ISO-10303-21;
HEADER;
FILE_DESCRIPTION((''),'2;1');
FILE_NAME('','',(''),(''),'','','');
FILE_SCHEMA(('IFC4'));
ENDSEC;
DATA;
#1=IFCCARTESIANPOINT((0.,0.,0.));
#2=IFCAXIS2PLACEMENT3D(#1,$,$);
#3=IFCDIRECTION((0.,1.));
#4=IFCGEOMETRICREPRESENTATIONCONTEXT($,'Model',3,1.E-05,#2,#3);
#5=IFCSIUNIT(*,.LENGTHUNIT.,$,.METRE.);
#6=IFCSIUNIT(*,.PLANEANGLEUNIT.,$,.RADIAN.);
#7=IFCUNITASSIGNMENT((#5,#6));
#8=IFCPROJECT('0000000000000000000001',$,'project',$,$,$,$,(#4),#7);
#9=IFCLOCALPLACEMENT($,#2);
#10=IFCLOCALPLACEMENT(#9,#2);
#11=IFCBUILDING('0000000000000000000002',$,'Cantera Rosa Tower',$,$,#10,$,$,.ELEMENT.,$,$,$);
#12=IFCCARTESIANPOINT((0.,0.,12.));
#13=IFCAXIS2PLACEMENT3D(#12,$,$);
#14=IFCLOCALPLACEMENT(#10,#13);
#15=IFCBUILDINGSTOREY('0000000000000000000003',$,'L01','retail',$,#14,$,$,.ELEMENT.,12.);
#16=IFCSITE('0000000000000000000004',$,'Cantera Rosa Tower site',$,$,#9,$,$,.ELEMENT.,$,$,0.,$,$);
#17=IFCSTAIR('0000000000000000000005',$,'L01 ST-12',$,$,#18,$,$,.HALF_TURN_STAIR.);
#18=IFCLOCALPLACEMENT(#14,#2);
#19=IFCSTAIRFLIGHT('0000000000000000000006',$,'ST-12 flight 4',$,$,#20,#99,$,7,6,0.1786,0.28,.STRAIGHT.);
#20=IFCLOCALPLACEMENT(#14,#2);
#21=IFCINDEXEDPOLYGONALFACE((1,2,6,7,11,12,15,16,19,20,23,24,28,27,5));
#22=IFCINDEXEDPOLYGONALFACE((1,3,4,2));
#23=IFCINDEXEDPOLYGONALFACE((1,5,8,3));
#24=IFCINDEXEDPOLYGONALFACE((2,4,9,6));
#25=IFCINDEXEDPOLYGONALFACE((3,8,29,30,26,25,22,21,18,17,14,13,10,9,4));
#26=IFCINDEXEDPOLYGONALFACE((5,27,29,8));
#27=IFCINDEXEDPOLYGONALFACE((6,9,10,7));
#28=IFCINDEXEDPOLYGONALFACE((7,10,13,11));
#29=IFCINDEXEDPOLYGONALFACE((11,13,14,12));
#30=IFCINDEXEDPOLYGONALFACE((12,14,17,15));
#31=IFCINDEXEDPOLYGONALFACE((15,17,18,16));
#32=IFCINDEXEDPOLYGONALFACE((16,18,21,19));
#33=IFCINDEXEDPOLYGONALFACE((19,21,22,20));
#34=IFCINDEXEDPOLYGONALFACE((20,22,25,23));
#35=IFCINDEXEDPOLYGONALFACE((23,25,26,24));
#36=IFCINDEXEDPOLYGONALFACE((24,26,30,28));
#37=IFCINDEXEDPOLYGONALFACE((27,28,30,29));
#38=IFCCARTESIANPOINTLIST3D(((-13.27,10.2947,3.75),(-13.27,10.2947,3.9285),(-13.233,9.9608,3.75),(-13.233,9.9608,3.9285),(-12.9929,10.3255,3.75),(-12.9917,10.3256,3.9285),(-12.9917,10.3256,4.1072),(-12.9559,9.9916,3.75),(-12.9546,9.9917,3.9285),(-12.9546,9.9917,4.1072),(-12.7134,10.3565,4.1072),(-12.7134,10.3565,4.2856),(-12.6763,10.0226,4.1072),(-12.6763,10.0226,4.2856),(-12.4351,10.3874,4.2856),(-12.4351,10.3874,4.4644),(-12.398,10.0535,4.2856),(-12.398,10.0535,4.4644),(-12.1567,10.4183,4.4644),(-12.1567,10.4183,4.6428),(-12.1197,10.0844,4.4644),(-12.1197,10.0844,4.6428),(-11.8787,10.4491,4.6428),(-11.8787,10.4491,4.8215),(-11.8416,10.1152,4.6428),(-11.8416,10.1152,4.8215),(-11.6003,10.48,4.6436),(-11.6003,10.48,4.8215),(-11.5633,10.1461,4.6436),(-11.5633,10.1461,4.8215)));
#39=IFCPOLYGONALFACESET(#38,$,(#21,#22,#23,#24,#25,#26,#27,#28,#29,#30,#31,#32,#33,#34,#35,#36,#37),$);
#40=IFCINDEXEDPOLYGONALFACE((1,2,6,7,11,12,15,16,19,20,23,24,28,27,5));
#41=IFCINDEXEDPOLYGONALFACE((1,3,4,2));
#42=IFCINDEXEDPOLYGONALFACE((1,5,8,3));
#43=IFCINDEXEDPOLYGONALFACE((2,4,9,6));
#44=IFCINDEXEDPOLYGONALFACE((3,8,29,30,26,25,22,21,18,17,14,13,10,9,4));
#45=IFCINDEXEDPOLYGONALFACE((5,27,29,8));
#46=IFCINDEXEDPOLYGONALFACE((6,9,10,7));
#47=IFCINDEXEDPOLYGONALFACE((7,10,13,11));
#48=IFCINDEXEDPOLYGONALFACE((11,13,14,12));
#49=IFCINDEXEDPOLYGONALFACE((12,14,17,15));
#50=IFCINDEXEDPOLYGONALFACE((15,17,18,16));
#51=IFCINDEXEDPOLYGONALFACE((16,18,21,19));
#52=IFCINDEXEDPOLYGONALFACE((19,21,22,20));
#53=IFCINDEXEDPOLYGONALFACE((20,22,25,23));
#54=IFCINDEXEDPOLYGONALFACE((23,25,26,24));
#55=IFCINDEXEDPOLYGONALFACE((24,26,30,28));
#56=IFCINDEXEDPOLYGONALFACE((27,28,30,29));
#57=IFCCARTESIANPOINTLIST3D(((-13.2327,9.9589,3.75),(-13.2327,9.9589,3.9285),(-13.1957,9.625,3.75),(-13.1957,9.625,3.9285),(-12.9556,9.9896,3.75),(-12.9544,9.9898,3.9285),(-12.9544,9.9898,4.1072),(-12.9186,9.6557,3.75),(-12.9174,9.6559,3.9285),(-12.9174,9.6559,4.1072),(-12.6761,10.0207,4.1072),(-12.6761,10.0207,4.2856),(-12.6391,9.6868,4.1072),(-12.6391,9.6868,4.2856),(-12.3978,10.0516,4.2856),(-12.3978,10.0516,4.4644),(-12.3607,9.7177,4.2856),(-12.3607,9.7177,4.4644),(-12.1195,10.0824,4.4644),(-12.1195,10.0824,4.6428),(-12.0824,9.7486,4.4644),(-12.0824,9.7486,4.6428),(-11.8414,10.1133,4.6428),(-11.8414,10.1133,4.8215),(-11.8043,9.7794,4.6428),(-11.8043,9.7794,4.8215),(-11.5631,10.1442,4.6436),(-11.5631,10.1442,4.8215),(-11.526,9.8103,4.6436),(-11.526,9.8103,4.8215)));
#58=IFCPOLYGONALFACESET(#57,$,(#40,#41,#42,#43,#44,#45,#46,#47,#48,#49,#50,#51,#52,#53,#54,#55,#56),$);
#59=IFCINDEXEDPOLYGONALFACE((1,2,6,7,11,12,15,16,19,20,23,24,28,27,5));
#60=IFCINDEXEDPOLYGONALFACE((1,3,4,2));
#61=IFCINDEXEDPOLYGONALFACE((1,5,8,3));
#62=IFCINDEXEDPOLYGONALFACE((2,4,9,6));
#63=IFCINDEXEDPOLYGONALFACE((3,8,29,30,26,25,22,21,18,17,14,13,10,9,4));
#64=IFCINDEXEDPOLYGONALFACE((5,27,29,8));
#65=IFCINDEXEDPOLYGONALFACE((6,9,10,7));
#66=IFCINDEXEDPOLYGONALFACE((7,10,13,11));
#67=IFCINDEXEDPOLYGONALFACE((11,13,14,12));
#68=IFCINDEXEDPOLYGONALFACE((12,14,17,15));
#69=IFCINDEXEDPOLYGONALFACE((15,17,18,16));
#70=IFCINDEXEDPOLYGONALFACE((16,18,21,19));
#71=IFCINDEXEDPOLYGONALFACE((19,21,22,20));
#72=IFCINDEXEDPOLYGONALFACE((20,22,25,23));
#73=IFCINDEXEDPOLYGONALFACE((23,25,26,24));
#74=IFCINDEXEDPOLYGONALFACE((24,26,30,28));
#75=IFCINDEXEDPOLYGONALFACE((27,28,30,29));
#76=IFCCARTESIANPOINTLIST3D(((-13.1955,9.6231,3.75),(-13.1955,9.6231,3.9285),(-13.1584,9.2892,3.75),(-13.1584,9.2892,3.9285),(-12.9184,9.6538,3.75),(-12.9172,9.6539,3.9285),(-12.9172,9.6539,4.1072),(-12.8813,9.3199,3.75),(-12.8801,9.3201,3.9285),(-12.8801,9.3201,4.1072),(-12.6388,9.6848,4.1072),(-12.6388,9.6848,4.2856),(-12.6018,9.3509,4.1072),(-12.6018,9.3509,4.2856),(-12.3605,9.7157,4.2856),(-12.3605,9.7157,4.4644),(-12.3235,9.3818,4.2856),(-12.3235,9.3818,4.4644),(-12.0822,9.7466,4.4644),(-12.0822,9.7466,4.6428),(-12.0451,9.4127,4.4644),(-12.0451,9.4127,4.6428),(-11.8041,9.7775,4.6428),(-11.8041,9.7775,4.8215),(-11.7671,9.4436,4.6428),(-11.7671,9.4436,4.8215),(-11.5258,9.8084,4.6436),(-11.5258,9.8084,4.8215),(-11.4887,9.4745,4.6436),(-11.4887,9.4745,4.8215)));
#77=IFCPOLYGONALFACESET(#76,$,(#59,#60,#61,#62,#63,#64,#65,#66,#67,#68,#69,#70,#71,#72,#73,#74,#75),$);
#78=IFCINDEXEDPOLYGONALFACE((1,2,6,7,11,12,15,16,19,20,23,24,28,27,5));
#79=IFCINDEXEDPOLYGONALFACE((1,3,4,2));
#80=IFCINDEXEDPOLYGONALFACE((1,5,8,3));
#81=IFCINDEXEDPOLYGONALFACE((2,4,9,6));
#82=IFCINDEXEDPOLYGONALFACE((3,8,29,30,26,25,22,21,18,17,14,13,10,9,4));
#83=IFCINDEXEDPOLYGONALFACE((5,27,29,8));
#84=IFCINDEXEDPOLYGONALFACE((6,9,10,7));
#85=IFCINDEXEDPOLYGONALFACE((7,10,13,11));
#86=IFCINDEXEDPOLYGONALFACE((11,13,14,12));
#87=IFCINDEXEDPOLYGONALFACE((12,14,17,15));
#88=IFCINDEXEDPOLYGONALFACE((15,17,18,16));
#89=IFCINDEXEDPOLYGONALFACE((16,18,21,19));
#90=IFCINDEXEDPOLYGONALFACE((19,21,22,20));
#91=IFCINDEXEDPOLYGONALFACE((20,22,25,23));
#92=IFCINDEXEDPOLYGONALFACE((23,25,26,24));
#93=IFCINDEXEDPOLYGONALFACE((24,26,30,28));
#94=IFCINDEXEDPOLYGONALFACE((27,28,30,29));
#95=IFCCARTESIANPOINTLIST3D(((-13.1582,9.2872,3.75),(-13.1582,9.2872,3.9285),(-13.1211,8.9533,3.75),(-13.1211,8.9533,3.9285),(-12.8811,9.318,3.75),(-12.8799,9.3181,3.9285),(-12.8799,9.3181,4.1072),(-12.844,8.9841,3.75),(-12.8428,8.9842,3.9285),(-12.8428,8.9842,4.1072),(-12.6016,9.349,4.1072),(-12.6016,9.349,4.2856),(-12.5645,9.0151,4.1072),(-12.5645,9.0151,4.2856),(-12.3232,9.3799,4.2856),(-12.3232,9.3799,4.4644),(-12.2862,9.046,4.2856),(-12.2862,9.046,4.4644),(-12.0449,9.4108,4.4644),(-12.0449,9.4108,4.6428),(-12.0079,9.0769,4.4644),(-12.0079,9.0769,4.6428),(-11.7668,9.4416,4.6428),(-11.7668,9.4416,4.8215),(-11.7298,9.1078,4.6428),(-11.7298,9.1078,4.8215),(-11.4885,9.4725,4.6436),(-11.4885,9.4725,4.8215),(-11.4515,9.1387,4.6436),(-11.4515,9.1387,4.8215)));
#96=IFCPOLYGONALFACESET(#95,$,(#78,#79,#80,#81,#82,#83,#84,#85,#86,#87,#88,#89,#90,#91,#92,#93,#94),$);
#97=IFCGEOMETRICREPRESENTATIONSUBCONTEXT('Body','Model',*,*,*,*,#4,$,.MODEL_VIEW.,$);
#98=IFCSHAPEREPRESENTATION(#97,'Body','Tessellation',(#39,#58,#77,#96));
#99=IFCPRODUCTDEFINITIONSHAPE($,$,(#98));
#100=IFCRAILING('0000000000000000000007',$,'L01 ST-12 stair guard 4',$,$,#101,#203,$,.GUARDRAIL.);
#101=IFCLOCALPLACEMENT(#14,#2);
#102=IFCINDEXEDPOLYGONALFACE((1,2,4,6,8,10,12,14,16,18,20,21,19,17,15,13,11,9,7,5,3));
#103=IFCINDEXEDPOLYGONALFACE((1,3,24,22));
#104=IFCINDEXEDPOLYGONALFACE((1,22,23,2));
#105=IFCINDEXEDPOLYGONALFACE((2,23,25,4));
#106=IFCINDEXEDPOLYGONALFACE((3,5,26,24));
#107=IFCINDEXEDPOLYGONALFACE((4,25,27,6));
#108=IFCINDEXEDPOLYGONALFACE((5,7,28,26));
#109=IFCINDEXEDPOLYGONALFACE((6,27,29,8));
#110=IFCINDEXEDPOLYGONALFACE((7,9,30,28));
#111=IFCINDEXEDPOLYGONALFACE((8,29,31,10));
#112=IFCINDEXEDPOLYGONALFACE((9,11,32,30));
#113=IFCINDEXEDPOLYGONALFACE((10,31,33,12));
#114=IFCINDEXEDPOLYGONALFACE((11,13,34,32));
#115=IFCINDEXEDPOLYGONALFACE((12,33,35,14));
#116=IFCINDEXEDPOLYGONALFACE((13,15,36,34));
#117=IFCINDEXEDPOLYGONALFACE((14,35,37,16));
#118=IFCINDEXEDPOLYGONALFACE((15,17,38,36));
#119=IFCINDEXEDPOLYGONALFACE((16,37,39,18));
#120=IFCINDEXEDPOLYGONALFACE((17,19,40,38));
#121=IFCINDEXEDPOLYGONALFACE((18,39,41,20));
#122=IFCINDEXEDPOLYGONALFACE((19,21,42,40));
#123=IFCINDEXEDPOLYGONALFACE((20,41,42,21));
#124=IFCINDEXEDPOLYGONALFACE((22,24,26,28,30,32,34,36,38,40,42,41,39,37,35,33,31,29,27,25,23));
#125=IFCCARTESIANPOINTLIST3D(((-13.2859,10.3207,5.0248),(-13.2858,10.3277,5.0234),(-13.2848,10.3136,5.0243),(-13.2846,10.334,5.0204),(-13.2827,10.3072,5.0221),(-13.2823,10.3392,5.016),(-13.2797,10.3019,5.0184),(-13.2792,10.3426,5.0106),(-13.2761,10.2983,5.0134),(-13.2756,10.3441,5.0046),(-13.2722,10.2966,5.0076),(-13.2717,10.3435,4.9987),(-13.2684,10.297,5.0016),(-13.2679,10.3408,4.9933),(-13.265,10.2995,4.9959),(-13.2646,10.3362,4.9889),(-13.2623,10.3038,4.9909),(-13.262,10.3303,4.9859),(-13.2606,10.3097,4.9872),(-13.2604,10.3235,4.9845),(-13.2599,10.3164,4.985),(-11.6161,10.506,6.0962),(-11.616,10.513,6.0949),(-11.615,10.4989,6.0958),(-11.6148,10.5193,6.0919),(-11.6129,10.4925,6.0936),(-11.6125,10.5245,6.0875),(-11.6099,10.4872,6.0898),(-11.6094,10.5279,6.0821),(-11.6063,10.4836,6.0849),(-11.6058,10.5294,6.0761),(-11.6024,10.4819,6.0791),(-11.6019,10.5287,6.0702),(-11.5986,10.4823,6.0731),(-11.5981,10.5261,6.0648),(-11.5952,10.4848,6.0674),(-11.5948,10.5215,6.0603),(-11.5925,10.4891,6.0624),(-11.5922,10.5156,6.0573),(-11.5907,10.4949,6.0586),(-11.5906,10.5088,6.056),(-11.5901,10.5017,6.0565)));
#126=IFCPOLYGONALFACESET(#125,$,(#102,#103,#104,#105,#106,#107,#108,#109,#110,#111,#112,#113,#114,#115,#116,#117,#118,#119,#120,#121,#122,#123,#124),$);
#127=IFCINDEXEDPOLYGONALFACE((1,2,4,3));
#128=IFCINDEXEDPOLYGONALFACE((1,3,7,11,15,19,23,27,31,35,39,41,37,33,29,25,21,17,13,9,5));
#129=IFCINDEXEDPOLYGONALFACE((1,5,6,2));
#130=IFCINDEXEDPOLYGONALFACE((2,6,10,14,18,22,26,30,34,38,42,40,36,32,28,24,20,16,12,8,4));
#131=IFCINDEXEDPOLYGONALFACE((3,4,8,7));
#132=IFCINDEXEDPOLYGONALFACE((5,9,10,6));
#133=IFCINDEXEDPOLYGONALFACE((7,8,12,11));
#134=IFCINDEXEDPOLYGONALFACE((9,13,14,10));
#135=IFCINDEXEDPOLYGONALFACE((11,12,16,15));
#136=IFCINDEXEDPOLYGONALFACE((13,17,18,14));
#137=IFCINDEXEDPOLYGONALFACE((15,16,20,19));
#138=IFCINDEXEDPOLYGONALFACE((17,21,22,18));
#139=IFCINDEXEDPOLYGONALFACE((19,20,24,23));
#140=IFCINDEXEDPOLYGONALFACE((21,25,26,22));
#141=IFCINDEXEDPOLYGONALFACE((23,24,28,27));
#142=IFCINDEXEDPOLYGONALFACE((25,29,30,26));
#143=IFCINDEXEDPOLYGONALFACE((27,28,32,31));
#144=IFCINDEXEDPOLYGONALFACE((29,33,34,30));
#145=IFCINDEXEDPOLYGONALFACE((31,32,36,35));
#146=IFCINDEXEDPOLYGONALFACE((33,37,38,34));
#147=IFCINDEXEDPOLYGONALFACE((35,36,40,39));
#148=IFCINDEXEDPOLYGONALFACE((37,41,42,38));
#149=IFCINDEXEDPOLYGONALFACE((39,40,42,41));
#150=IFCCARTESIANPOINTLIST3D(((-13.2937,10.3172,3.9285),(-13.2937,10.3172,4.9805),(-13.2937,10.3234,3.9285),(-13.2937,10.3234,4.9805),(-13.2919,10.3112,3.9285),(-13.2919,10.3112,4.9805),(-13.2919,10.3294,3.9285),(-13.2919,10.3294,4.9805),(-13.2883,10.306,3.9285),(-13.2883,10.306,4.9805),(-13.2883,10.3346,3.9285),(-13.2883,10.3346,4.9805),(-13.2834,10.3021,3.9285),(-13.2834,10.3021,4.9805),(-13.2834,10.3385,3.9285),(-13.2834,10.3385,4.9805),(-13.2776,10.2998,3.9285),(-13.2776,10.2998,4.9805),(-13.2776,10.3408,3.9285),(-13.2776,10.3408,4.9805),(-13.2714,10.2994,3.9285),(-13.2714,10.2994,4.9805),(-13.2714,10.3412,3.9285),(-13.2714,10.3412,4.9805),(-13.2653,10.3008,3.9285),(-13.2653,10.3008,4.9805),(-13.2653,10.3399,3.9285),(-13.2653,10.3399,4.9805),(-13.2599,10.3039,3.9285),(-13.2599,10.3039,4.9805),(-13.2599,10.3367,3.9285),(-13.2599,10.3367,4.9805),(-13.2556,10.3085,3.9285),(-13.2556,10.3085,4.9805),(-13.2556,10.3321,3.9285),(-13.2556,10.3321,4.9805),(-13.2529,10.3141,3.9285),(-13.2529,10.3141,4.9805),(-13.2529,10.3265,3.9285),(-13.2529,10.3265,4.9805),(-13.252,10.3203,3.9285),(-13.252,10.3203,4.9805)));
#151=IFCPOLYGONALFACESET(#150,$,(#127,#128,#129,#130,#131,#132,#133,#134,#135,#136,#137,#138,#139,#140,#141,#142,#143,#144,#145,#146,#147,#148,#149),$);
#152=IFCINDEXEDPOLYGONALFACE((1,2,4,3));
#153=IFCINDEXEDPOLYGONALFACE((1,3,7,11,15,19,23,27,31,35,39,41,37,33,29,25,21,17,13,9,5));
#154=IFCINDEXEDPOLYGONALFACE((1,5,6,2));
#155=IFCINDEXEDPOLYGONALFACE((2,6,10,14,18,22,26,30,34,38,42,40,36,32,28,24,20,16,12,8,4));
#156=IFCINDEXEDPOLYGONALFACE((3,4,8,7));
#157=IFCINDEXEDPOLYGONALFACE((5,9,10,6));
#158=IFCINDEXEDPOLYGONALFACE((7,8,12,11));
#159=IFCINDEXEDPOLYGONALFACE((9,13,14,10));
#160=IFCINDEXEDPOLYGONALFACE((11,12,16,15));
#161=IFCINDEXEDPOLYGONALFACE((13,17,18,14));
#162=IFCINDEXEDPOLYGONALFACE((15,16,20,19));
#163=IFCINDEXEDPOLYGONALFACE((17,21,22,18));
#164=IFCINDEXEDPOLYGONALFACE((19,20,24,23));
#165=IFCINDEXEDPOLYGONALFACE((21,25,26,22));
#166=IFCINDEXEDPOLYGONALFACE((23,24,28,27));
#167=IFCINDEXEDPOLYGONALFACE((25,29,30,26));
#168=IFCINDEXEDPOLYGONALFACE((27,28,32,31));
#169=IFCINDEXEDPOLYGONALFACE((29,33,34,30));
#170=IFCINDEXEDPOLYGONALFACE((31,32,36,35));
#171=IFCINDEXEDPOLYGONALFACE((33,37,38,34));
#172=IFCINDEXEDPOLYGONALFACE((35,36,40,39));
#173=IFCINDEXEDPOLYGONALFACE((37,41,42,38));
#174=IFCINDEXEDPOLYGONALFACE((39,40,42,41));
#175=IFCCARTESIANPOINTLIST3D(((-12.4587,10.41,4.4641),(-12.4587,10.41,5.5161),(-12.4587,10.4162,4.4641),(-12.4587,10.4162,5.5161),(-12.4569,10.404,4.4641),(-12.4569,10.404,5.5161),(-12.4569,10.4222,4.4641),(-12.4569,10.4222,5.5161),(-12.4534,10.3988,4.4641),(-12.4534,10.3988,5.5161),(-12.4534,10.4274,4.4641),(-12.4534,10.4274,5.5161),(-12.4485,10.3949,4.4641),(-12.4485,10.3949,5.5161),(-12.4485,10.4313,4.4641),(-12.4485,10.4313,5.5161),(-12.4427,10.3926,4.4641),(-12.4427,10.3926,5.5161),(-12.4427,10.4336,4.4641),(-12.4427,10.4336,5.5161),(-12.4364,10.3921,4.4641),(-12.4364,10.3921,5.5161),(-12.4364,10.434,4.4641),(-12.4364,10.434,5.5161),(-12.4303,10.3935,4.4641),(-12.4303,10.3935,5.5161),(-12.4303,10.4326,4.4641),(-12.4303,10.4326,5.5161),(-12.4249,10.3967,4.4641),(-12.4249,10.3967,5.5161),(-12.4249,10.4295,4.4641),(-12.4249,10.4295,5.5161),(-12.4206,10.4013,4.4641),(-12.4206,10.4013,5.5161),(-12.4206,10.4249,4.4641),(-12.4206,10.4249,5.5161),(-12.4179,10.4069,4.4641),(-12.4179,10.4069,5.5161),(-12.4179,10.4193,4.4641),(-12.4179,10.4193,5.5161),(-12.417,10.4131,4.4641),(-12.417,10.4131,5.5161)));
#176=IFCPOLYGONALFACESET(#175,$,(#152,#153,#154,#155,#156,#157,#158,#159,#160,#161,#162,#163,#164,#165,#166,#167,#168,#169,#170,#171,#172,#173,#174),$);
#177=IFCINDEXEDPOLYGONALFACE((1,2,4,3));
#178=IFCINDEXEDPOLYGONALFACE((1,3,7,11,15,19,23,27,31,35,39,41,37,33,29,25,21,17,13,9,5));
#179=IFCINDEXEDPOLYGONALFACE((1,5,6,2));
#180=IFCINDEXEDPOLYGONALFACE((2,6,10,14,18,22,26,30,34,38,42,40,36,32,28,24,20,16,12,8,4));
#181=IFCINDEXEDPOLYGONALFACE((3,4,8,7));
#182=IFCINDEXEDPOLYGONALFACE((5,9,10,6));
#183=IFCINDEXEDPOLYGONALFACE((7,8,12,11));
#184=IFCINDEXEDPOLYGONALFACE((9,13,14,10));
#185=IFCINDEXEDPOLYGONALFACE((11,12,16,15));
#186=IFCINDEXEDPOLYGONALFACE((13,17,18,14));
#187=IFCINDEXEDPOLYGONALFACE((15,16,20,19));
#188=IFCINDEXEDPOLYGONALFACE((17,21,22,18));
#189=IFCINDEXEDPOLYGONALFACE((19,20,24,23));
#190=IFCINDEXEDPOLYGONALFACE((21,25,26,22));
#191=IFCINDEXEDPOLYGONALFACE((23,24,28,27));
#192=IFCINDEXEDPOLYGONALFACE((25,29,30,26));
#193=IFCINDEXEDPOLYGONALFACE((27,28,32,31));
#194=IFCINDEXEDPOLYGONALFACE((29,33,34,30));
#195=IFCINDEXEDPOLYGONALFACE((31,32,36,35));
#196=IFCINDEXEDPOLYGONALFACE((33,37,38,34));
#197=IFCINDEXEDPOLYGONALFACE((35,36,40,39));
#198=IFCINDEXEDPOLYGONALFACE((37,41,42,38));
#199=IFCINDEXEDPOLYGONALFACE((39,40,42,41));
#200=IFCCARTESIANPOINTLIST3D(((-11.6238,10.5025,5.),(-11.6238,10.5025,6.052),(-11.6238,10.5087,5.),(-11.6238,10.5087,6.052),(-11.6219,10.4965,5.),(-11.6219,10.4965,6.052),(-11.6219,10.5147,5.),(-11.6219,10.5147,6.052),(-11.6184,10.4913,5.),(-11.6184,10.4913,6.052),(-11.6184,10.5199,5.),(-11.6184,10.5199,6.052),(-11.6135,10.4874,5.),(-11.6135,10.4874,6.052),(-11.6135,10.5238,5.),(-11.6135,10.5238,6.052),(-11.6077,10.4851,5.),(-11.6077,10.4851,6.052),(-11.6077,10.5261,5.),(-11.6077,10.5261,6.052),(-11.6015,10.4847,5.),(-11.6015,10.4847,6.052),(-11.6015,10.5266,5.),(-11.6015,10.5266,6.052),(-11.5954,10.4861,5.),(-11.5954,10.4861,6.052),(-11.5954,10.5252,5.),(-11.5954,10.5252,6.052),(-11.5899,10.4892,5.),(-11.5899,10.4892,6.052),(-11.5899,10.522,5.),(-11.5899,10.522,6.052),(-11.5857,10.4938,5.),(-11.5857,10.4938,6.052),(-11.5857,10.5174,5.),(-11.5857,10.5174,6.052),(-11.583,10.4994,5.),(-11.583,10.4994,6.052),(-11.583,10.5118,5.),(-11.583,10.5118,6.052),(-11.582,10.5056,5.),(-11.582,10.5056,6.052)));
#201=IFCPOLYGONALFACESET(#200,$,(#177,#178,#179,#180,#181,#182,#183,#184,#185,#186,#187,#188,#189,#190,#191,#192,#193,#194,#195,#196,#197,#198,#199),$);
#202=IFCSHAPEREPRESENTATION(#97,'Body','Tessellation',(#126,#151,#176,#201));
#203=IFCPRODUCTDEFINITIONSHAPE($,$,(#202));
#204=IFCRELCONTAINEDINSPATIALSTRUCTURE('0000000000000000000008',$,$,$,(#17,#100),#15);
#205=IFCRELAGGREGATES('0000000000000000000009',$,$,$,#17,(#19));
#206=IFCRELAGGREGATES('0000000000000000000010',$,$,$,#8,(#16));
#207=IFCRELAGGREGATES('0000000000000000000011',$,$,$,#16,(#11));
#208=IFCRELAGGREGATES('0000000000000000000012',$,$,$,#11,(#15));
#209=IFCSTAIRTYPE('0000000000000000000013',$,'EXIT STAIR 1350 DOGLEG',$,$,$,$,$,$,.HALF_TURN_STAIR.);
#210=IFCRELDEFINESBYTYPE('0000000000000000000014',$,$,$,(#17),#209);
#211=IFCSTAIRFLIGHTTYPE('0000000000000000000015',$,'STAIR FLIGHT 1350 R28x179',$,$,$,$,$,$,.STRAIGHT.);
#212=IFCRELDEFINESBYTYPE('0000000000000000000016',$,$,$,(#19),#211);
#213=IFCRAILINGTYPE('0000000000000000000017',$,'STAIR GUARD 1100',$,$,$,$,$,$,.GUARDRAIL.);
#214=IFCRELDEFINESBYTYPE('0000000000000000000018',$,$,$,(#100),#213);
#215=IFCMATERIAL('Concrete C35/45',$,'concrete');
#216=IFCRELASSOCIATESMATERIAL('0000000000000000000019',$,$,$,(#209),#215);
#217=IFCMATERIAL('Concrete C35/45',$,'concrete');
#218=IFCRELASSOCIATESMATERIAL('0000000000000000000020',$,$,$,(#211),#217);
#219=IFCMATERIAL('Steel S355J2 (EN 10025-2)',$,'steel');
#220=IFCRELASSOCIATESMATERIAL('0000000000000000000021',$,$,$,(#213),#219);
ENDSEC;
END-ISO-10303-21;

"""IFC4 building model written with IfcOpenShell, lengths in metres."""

from ifc_helpers import new_model, si_unit, direction, frame, origin, origin_2d, place, context, subcontext, project, spatial, polyline, circle, outline, extrude, material, type_object, element, aggregate, save


model = new_model("IFC4")

# Units and contexts
model_context = context("Model", 3, precision=1e-05, world=origin(), true_north=direction((0.0, 1.0)))
body_context = subcontext(model_context, "Body", "Model", "MODEL_VIEW")
ifc_project = project(units=[si_unit("LENGTHUNIT", "METRE"), si_unit("PLANEANGLEUNIT", "RADIAN")], contexts=[model_context])

# Site, building, storey
site_placement = place(None, origin())
site = spatial("IfcSite", under=ifc_project, at=site_placement, Name="Cantera Rosa Tower site", CompositionType="ELEMENT", RefElevation=0.0)
building_placement = place(site_placement, origin())
building = spatial("IfcBuilding", under=site, at=building_placement, Name="Cantera Rosa Tower", CompositionType="ELEMENT")
storey_placement = place(building_placement, frame((0.0, 0.0, 12.0)))
storey = spatial("IfcBuildingStorey", under=building, at=storey_placement, Name="L01", Description="retail", CompositionType="ELEMENT", Elevation=12.0)

# Stair, stair flight
ifc_material_1 = material(Name="Concrete C35/45", Category="concrete")
stair_type = type_object("IfcStairType", Name="EXIT STAIR 1350 DOGLEG", PredefinedType="HALF_TURN_STAIR", material=ifc_material_1)
stair_placement = place(storey_placement, origin())
stair = element("IfcStair", 1, at=stair_placement, inside=storey, type_object=stair_type, Name="L01 ST-12", PredefinedType="HALF_TURN_STAIR")
ifc_material_2 = material(Name="Concrete C35/45", Category="concrete")
stair_flight_type = type_object("IfcStairFlightType", Name="STAIR FLIGHT 1350 R28x179", PredefinedType="STRAIGHT", material=ifc_material_2)
stair_flight_1_placement = place(storey_placement, frame((-13.1956, 9.6238, 3.75), z_axis=(0.0, 0.0, 1.0), x_axis=(0.993897, 0.110313, 0.0)))
stair_flight_1 = element("IfcStairFlight", 2, at=stair_flight_1_placement, type_object=stair_flight_type, Name="ST-12 flight 4", NumberOfRisers=7, NumberOfTreads=6, PredefinedType="STRAIGHT", RiserHeight=0.1786, TreadLength=0.28, context=body_context, shape_type="SweptSolid", body=[
    extrude(outline(polyline([(0.0, 0.0), (0.0, 0.1785), (0.28, 0.1785), (0.28, 0.3572), (0.5601, 0.3572), (0.5601, 0.5356), (0.8401, 0.5356), (0.8401, 0.7144), (1.1201, 0.7144), (1.1201, 0.8928), (1.3999, 0.8928), (1.3999, 1.0715), (1.6799, 1.0715), (1.6799, 1.25), (1.6799, 0.8936), (0.2788, 0.0), (0.0, 0.0)])), frame((0.0, 0.675, 0.0), z_axis=(0.0, -1.0, 0.0), x_axis=(1.0, 0.0, 0.0)), (0.0, 0.0, 1.0), 0.3359),
    extrude(outline(polyline([(0.0, 0.0), (0.0, 0.1785), (0.28, 0.1785), (0.28, 0.3572), (0.5601, 0.3572), (0.5601, 0.5356), (0.8401, 0.5356), (0.8401, 0.7144), (1.1201, 0.7144), (1.1201, 0.8928), (1.3999, 0.8928), (1.3999, 1.0715), (1.6799, 1.0715), (1.6799, 1.25), (1.6799, 0.8936), (0.2788, 0.0), (0.0, 0.0)])), frame((0.0, 0.3372, 0.0), z_axis=(0.0, -1.0, 0.0), x_axis=(1.0, 0.0, 0.0)), (0.0, 0.0, 1.0), 0.3359),
    extrude(outline(polyline([(0.0, 0.0), (0.0, 0.1785), (0.28, 0.1785), (0.28, 0.3572), (0.5601, 0.3572), (0.5601, 0.5356), (0.8401, 0.5356), (0.8401, 0.7144), (1.1201, 0.7144), (1.1201, 0.8928), (1.3999, 0.8928), (1.3999, 1.0715), (1.6799, 1.0715), (1.6799, 1.25), (1.6799, 0.8936), (0.2788, 0.0), (0.0, 0.0)])), frame((0.0, -0.0007, 0.0), z_axis=(0.0, -1.0, 0.0), x_axis=(1.0, 0.0, 0.0)), (0.0, 0.0, 1.0), 0.3359),
    extrude(outline(polyline([(0.0, 0.0), (0.0, 0.1785), (0.28, 0.1785), (0.28, 0.3572), (0.5601, 0.3572), (0.5601, 0.5356), (0.8401, 0.5356), (0.8401, 0.7144), (1.1201, 0.7144), (1.1201, 0.8928), (1.3999, 0.8928), (1.3999, 1.0715), (1.6799, 1.0715), (1.6799, 1.25), (1.6799, 0.8936), (0.2788, 0.0), (0.0, 0.0)])), frame((0.0, -0.3386, 0.0), z_axis=(0.0, -1.0, 0.0), x_axis=(1.0, 0.0, 0.0)), (0.0, 0.0, 1.0), 0.3359),
])
aggregate(stair, [stair_flight_1])

# Railing
ifc_material_3 = material(Name="Steel S355J2 (EN 10025-2)", Category="steel")
railing_type_1 = type_object("IfcRailingType", Name="STAIR GUARD 1100", PredefinedType="GUARDRAIL", material=ifc_material_3)
railing_1_placement = place(storey_placement, frame((-13.2729, 10.3203, 3.9285)))
element("IfcRailing", 3, at=railing_1_placement, inside=storey, type_object=railing_type_1, Name="L01 ST-12 stair guard 4", PredefinedType="GUARDRAIL", context=body_context, shape_type="SweptSolid", body=[
    extrude(circle(Radius=0.0239, at=origin_2d()), frame((0.0, 0.0, 1.0762), z_axis=(0.837987, 0.092987, 0.537709), x_axis=(-0.110288, 0.9939, 0.0)), (0.0, 0.0, 1.0), 1.9927),
    extrude(circle(Radius=0.021, at=origin_2d()), origin(), (0.0, 0.0, 1.0), 1.052),
    extrude(circle(Radius=0.021, at=origin_2d()), frame((0.835, 0.0928, 0.5356)), (0.0, 0.0, 1.0), 1.052),
    extrude(circle(Radius=0.021, at=origin_2d()), frame((1.6699, 0.1853, 1.0715)), (0.0, 0.0, 1.0), 1.052),
])

save(model, "model.ifc")
